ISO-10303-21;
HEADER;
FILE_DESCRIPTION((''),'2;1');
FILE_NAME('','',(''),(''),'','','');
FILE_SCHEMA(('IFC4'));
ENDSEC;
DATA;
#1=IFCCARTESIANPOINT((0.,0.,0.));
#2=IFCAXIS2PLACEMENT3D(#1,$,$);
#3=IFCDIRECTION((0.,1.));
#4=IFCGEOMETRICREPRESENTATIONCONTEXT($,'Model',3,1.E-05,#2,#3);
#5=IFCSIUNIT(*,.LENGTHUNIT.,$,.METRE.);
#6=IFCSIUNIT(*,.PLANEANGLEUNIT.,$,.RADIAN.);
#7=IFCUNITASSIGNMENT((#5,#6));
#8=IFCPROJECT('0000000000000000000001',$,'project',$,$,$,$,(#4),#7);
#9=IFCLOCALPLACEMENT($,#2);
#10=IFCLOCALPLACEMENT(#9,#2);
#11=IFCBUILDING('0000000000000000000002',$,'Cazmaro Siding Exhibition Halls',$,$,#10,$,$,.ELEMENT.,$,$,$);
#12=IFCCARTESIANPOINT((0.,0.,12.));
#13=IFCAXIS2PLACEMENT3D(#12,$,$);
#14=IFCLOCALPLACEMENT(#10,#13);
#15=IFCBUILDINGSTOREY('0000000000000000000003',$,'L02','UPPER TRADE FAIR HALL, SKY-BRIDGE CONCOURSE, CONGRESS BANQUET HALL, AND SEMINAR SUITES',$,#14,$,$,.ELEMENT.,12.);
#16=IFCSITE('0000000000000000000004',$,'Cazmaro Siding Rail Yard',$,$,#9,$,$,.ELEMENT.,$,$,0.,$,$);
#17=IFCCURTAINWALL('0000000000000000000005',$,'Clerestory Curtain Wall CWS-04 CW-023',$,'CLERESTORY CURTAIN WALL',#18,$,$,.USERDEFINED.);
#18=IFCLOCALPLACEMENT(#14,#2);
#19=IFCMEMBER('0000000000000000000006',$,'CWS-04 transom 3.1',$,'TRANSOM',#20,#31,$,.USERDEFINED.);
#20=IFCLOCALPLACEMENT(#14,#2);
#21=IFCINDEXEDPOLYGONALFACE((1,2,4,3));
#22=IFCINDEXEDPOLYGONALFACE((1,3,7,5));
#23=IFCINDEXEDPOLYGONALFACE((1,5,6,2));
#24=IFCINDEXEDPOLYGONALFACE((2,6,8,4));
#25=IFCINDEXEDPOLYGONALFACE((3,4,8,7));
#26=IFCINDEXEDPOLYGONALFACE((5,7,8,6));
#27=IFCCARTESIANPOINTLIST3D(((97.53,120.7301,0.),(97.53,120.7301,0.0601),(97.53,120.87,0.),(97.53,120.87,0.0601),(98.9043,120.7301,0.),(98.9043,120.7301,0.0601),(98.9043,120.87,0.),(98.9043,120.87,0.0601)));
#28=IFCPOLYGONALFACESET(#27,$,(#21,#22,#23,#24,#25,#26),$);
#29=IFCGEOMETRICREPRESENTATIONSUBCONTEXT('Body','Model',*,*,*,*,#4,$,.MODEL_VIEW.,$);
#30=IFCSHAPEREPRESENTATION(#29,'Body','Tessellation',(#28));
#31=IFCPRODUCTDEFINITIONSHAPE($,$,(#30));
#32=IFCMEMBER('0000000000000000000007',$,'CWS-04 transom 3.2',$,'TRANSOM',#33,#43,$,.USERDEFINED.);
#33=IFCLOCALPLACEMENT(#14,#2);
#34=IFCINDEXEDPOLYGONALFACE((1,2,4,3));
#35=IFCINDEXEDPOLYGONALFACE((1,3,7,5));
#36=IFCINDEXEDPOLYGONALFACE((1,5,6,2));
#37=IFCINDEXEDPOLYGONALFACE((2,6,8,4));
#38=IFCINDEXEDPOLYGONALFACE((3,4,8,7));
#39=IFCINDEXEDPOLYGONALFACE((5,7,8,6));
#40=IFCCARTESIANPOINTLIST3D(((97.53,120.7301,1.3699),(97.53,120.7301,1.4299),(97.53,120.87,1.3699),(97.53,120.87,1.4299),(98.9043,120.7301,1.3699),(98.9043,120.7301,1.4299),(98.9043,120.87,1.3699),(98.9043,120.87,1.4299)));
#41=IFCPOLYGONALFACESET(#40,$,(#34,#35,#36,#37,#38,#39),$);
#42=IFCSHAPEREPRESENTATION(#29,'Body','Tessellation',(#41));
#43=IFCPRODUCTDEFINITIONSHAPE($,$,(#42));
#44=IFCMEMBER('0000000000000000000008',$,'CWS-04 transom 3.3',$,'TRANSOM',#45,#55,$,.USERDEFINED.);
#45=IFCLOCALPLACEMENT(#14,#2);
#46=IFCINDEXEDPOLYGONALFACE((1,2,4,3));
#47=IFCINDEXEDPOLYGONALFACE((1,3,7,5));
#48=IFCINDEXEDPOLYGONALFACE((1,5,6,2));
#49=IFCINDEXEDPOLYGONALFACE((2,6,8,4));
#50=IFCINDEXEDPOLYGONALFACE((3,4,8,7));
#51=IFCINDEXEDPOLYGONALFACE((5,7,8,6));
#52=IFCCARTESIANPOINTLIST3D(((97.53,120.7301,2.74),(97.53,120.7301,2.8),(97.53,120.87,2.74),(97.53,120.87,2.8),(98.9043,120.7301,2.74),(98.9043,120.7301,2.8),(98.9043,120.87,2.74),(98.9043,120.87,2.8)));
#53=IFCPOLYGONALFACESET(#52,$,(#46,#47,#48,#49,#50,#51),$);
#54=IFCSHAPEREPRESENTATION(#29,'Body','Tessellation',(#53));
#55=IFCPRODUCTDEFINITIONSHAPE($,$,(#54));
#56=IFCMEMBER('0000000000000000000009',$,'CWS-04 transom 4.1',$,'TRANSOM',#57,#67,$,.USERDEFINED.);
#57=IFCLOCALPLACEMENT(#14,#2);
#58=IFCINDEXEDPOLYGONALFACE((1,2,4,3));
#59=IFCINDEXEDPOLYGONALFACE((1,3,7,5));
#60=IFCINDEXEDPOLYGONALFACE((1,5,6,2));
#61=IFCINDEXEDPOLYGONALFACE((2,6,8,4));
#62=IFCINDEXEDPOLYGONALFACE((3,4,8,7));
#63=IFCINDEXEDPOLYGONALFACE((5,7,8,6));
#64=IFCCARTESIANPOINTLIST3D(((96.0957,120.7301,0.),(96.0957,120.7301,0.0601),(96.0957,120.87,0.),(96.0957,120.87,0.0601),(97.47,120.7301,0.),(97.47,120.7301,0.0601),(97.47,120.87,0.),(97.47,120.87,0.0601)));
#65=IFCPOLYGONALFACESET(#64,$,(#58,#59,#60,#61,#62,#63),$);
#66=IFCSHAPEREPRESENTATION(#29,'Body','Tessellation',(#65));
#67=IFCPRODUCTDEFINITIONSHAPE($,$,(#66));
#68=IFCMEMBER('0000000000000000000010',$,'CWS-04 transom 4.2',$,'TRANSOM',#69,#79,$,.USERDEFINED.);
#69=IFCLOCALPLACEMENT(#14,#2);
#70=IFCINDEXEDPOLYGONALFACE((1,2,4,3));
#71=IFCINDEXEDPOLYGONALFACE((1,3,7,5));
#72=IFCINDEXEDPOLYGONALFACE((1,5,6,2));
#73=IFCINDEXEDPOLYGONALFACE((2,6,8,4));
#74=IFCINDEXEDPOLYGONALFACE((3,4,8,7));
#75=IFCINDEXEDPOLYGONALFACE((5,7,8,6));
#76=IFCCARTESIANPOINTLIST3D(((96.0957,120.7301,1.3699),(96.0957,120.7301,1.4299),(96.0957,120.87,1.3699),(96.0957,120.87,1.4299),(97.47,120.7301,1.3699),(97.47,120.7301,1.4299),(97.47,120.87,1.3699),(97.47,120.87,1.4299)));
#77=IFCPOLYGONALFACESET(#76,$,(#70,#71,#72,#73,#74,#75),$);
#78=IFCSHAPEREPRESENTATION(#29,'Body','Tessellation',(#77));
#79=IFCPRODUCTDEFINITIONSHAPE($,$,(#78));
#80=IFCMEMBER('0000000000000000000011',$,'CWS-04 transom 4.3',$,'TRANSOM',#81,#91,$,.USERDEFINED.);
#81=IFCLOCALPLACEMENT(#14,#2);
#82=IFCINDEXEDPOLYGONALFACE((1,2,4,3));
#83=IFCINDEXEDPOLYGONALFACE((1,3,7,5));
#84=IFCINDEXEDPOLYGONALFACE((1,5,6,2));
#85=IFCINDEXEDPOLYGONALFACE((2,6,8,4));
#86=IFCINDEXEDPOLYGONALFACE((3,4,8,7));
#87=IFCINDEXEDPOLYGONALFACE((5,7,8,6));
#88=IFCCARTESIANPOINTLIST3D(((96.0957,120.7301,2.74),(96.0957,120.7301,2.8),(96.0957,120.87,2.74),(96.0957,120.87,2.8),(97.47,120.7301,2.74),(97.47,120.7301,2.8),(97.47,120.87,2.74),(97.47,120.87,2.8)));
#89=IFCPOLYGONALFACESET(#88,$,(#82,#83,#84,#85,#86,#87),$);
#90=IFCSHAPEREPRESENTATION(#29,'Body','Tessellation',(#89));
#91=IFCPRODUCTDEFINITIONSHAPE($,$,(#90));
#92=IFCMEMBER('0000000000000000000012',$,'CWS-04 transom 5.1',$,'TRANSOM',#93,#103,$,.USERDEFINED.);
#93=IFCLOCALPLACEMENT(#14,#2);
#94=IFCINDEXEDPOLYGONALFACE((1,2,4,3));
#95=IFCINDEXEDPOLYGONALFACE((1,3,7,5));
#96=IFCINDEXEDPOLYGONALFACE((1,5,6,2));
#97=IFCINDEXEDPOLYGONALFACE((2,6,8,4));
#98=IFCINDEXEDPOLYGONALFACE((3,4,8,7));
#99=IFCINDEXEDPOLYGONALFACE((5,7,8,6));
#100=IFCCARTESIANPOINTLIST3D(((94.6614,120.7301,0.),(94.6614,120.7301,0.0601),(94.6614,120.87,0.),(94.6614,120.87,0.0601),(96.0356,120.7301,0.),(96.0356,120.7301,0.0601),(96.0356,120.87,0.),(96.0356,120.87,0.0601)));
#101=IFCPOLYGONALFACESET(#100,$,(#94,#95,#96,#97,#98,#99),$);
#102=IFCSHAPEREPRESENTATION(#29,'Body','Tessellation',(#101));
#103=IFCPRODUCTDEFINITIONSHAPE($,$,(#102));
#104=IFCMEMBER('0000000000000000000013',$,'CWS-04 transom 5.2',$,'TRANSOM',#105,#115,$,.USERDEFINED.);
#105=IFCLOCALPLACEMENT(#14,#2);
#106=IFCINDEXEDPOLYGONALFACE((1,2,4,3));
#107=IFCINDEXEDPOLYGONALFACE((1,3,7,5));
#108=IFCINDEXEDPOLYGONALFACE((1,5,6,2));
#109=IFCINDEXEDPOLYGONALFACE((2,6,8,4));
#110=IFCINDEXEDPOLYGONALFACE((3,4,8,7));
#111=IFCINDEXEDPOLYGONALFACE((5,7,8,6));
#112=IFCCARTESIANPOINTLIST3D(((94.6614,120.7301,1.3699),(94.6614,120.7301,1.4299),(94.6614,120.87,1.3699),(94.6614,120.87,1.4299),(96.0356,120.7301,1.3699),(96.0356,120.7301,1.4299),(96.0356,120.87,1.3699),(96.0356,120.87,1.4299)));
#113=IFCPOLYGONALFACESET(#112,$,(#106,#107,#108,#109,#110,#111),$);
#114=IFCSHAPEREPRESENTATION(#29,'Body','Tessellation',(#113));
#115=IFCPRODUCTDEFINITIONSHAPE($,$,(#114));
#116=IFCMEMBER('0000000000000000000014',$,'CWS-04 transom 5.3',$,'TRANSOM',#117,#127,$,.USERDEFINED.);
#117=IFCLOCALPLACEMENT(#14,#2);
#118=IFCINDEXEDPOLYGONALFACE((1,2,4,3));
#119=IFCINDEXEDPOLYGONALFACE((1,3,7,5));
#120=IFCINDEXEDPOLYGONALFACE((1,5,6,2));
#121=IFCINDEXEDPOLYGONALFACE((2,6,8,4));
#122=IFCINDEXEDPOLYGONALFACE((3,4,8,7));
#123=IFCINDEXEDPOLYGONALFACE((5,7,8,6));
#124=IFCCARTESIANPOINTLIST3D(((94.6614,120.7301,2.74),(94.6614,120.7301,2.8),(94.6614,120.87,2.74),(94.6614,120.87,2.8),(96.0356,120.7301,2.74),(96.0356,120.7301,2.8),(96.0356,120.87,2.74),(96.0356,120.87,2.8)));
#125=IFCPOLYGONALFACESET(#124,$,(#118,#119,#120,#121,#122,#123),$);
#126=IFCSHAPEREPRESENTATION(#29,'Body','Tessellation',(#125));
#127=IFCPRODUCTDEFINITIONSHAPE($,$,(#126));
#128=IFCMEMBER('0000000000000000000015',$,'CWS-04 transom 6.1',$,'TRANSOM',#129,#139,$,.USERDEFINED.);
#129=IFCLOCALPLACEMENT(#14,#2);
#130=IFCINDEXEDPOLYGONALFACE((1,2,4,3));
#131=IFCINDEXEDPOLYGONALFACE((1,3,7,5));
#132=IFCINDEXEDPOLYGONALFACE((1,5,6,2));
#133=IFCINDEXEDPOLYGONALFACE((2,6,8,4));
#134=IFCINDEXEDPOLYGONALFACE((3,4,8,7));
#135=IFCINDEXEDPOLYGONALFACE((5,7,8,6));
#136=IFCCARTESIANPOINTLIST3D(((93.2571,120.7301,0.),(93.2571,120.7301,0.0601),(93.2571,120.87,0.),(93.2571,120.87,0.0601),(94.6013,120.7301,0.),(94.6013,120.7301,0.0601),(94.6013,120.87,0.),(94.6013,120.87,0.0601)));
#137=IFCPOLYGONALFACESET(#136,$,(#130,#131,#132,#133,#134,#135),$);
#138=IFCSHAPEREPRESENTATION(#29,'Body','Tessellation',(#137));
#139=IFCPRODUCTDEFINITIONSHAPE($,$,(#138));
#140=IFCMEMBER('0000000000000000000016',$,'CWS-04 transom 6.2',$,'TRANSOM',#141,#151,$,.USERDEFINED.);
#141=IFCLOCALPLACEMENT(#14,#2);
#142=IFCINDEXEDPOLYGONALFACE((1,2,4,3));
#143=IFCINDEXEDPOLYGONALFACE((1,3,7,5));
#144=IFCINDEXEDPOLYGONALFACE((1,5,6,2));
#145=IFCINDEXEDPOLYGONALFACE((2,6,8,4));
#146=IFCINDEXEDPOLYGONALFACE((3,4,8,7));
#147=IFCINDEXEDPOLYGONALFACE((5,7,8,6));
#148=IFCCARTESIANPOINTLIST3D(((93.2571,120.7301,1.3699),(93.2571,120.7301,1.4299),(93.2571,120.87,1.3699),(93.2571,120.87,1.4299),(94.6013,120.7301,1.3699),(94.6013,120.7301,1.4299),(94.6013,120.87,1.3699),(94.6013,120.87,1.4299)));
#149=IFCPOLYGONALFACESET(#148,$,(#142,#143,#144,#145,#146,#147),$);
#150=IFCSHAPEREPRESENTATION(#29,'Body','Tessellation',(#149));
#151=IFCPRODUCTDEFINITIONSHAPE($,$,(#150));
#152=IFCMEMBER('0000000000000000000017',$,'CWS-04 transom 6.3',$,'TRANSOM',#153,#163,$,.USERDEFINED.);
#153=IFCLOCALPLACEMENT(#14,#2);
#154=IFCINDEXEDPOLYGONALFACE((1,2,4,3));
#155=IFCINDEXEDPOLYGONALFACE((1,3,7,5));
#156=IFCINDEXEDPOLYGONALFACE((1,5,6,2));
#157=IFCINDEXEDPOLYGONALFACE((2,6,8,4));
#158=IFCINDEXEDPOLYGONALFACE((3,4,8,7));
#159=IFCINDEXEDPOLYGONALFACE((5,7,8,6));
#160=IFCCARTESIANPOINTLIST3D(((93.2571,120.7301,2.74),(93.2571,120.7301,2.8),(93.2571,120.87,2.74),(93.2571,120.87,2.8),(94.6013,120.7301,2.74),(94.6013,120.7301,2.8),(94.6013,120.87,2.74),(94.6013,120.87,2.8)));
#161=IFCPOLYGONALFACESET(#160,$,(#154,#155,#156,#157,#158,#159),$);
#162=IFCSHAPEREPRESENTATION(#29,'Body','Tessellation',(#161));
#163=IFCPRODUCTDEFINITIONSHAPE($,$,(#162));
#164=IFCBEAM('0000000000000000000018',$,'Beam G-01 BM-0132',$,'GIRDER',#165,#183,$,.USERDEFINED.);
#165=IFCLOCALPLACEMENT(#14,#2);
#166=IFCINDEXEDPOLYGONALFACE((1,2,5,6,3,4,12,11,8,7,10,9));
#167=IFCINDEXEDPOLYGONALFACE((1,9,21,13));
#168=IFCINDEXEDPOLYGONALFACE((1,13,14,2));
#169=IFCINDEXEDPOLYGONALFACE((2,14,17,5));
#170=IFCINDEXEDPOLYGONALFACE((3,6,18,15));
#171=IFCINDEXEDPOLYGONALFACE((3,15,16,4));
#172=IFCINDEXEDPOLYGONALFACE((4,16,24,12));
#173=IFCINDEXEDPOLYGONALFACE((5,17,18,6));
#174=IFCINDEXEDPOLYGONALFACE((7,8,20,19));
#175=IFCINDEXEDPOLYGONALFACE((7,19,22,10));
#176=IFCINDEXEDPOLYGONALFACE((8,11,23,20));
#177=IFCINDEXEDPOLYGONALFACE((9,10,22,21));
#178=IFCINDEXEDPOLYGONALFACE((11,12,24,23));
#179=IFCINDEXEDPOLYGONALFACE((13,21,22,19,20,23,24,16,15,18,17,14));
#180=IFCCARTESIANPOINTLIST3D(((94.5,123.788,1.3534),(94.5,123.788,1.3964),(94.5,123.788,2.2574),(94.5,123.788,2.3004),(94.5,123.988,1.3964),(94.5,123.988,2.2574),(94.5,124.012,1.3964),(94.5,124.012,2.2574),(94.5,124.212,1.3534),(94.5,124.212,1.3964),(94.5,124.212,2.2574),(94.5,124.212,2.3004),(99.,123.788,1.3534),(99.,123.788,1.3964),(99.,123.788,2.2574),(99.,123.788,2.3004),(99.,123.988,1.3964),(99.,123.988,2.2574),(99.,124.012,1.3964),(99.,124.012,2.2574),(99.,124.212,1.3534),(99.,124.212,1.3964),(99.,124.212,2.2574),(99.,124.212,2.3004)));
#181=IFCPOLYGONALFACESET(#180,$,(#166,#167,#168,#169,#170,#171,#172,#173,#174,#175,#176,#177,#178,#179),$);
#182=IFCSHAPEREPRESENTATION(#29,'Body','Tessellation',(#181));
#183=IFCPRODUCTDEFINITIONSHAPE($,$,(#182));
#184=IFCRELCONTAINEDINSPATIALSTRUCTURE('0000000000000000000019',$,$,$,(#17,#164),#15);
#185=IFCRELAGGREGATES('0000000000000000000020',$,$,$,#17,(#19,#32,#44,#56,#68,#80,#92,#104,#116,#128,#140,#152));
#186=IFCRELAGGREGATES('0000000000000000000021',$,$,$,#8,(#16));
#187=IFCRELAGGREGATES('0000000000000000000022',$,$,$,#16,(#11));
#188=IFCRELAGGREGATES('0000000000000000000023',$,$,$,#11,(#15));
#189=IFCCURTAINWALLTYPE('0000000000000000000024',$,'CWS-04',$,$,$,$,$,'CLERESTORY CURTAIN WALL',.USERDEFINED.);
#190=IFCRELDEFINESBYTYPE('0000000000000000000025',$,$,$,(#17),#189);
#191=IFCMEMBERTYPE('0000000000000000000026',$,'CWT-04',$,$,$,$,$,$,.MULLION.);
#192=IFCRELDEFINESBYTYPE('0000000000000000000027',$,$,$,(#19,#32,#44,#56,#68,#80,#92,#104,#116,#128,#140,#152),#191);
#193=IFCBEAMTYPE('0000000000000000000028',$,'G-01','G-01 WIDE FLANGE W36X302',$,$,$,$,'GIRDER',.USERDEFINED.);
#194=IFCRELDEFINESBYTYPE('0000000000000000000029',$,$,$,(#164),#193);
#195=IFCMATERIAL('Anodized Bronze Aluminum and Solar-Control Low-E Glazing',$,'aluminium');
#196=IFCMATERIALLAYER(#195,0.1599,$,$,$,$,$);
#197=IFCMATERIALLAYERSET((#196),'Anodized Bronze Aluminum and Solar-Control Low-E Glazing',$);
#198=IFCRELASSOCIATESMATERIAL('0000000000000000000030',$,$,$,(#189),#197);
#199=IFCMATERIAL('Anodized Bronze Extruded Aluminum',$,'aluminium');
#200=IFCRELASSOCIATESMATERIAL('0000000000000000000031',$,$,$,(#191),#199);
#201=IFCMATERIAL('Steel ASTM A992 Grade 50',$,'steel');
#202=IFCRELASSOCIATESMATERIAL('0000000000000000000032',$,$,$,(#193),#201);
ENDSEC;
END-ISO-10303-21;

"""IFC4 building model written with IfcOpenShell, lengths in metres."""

from ifc_helpers import new_model, si_unit, direction, frame, origin, origin_2d, place, context, subcontext, project, spatial, rectangle, i_section, extrude, material, layer, layer_set, material_profile, profile_set, type_object, element, aggregate, save


model = new_model("IFC4")

# Units and contexts
model_context = context("Model", 3, precision=1e-05, world=origin(), true_north=direction((0.0, 1.0)))
body_context = subcontext(model_context, "Body", "Model", "MODEL_VIEW")
ifc_project = project(units=[si_unit("LENGTHUNIT", "METRE"), si_unit("PLANEANGLEUNIT", "RADIAN")], contexts=[model_context])

# Site, building, storey
site_placement = place(None, origin())
site = spatial("IfcSite", under=ifc_project, at=site_placement, Name="Cazmaro Siding Rail Yard", CompositionType="ELEMENT", RefElevation=0.0)
building_placement = place(site_placement, origin())
building = spatial("IfcBuilding", under=site, at=building_placement, Name="Cazmaro Siding Exhibition Halls", CompositionType="ELEMENT")
storey_placement = place(building_placement, frame((0.0, 0.0, 12.0)))
storey = spatial("IfcBuildingStorey", under=building, at=storey_placement, Name="L02", Description="UPPER TRADE FAIR HALL, SKY-BRIDGE CONCOURSE, CONGRESS BANQUET HALL, AND SEMINAR SUITES", CompositionType="ELEMENT", Elevation=12.0)

# Shared definitions
ifc_material_1 = material(Name="Anodized Bronze Aluminum and Solar-Control Low-E Glazing", Category="aluminium")
ifc_layer_1 = layer(ifc_material_1, 0.1599)
ifc_layer_set_1 = layer_set([ifc_layer_1], Name="Anodized Bronze Aluminum and Solar-Control Low-E Glazing")
curtain_wall_type = type_object("IfcCurtainWallType", Name="CWS-04", ElementType="CLERESTORY CURTAIN WALL", PredefinedType="USERDEFINED", material=ifc_layer_set_1)

# Curtain wall
curtain_wall_1_placement = place(storey_placement, origin())
curtain_wall_1 = element("IfcCurtainWall", 1, at=curtain_wall_1_placement, inside=storey, type_object=curtain_wall_type, Name="Clerestory Curtain Wall CWS-04 CW-023", ObjectType="CLERESTORY CURTAIN WALL", PredefinedType="USERDEFINED")

# Members
ifc_material_2 = material(Name="Anodized Bronze Extruded Aluminum", Category="aluminium")
ifc_material_profile_1 = material_profile(ifc_material_2, rectangle(XDim=0.1399, YDim=0.0601, at=origin_2d()), Name="CWT-04")
ifc_profile_set_1 = profile_set([ifc_material_profile_1], Name="Anodized Bronze Extruded Aluminum")
member_type_1 = type_object("IfcMemberType", Name="CWT-04", PredefinedType="MULLION", material=ifc_profile_set_1)
member_1_placement = place(storey_placement, frame((98.9043, 120.8, 0.03), z_axis=(-1.0, 0.0, 0.0), x_axis=(0.0, -1.0, 0.0)))
member_1 = element("IfcMember", 2, at=member_1_placement, type_object=member_type_1, Name="CWS-04 transom 3.1", ObjectType="TRANSOM", PredefinedType="USERDEFINED", context=body_context, shape_type="SweptSolid", body=[
    extrude(rectangle(XDim=0.1399, YDim=0.0601, at=origin_2d()), origin(), (0.0, 0.0, 1.0), 1.3743),
])
member_2_placement = place(storey_placement, frame((98.9043, 120.8, 1.3999), z_axis=(-1.0, 0.0, 0.0), x_axis=(0.0, -1.0, 0.0)))
member_2 = element("IfcMember", 3, at=member_2_placement, type_object=member_type_1, Name="CWS-04 transom 3.2", ObjectType="TRANSOM", PredefinedType="USERDEFINED", context=body_context, shape_type="SweptSolid", body=[
    extrude(rectangle(XDim=0.1399, YDim=0.0601, at=origin_2d()), origin(), (0.0, 0.0, 1.0), 1.3743),
])
member_3_placement = place(storey_placement, frame((98.9043, 120.8, 2.77), z_axis=(-1.0, 0.0, 0.0), x_axis=(0.0, -1.0, 0.0)))
member_3 = element("IfcMember", 4, at=member_3_placement, type_object=member_type_1, Name="CWS-04 transom 3.3", ObjectType="TRANSOM", PredefinedType="USERDEFINED", context=body_context, shape_type="SweptSolid", body=[
    extrude(rectangle(XDim=0.1399, YDim=0.0601, at=origin_2d()), origin(), (0.0, 0.0, 1.0), 1.3743),
])
member_4_placement = place(storey_placement, frame((97.47, 120.8, 0.03), z_axis=(-1.0, 0.0, 0.0), x_axis=(0.0, -1.0, 0.0)))
member_4 = element("IfcMember", 5, at=member_4_placement, type_object=member_type_1, Name="CWS-04 transom 4.1", ObjectType="TRANSOM", PredefinedType="USERDEFINED", context=body_context, shape_type="SweptSolid", body=[
    extrude(rectangle(XDim=0.1399, YDim=0.0601, at=origin_2d()), origin(), (0.0, 0.0, 1.0), 1.3743),
])
member_5_placement = place(storey_placement, frame((97.47, 120.8, 1.3999), z_axis=(-1.0, 0.0, 0.0), x_axis=(0.0, -1.0, 0.0)))
member_5 = element("IfcMember", 6, at=member_5_placement, type_object=member_type_1, Name="CWS-04 transom 4.2", ObjectType="TRANSOM", PredefinedType="USERDEFINED", context=body_context, shape_type="SweptSolid", body=[
    extrude(rectangle(XDim=0.1399, YDim=0.0601, at=origin_2d()), origin(), (0.0, 0.0, 1.0), 1.3743),
])
member_6_placement = place(storey_placement, frame((97.47, 120.8, 2.77), z_axis=(-1.0, 0.0, 0.0), x_axis=(0.0, -1.0, 0.0)))
member_6 = element("IfcMember", 7, at=member_6_placement, type_object=member_type_1, Name="CWS-04 transom 4.3", ObjectType="TRANSOM", PredefinedType="USERDEFINED", context=body_context, shape_type="SweptSolid", body=[
    extrude(rectangle(XDim=0.1399, YDim=0.0601, at=origin_2d()), origin(), (0.0, 0.0, 1.0), 1.3743),
])
member_7_placement = place(storey_placement, frame((96.0356, 120.8, 0.03), z_axis=(-1.0, 0.0, 0.0), x_axis=(0.0, -1.0, 0.0)))
member_7 = element("IfcMember", 8, at=member_7_placement, type_object=member_type_1, Name="CWS-04 transom 5.1", ObjectType="TRANSOM", PredefinedType="USERDEFINED", context=body_context, shape_type="SweptSolid", body=[
    extrude(rectangle(XDim=0.1399, YDim=0.0601, at=origin_2d()), origin(), (0.0, 0.0, 1.0), 1.3743),
])
member_8_placement = place(storey_placement, frame((96.0356, 120.8, 1.3999), z_axis=(-1.0, 0.0, 0.0), x_axis=(0.0, -1.0, 0.0)))
member_8 = element("IfcMember", 9, at=member_8_placement, type_object=member_type_1, Name="CWS-04 transom 5.2", ObjectType="TRANSOM", PredefinedType="USERDEFINED", context=body_context, shape_type="SweptSolid", body=[
    extrude(rectangle(XDim=0.1399, YDim=0.0601, at=origin_2d()), origin(), (0.0, 0.0, 1.0), 1.3743),
])
member_9_placement = place(storey_placement, frame((96.0356, 120.8, 2.77), z_axis=(-1.0, 0.0, 0.0), x_axis=(0.0, -1.0, 0.0)))
member_9 = element("IfcMember", 10, at=member_9_placement, type_object=member_type_1, Name="CWS-04 transom 5.3", ObjectType="TRANSOM", PredefinedType="USERDEFINED", context=body_context, shape_type="SweptSolid", body=[
    extrude(rectangle(XDim=0.1399, YDim=0.0601, at=origin_2d()), origin(), (0.0, 0.0, 1.0), 1.3743),
])
member_10_placement = place(storey_placement, frame((94.6013, 120.8, 0.03), z_axis=(-1.0, 0.0, 0.0), x_axis=(0.0, -1.0, 0.0)))
member_10 = element("IfcMember", 11, at=member_10_placement, type_object=member_type_1, Name="CWS-04 transom 6.1", ObjectType="TRANSOM", PredefinedType="USERDEFINED", context=body_context, shape_type="SweptSolid", body=[
    extrude(rectangle(XDim=0.1399, YDim=0.0601, at=origin_2d()), origin(), (0.0, 0.0, 1.0), 1.3442),
])
member_11_placement = place(storey_placement, frame((94.6013, 120.8, 1.3999), z_axis=(-1.0, 0.0, 0.0), x_axis=(0.0, -1.0, 0.0)))
member_11 = element("IfcMember", 12, at=member_11_placement, type_object=member_type_1, Name="CWS-04 transom 6.2", ObjectType="TRANSOM", PredefinedType="USERDEFINED", context=body_context, shape_type="SweptSolid", body=[
    extrude(rectangle(XDim=0.1399, YDim=0.0601, at=origin_2d()), origin(), (0.0, 0.0, 1.0), 1.3442),
])
member_12_placement = place(storey_placement, frame((94.6013, 120.8, 2.77), z_axis=(-1.0, 0.0, 0.0), x_axis=(0.0, -1.0, 0.0)))
member_12 = element("IfcMember", 13, at=member_12_placement, type_object=member_type_1, Name="CWS-04 transom 6.3", ObjectType="TRANSOM", PredefinedType="USERDEFINED", context=body_context, shape_type="SweptSolid", body=[
    extrude(rectangle(XDim=0.1399, YDim=0.0601, at=origin_2d()), origin(), (0.0, 0.0, 1.0), 1.3442),
])

# Beam
ifc_material_3 = material(Name="Steel ASTM A992 Grade 50", Category="steel")
ifc_material_profile_2 = material_profile(ifc_material_3, i_section(OverallWidth=0.4241, OverallDepth=0.947, WebThickness=0.0239, FlangeThickness=0.043, at=origin_2d()), Name="W36X302")
ifc_profile_set_2 = profile_set([ifc_material_profile_2], Name="Steel ASTM A992 Grade 50")
beam_type_1 = type_object("IfcBeamType", Name="G-01", Description="G-01 WIDE FLANGE W36X302", ElementType="GIRDER", PredefinedType="USERDEFINED", material=ifc_profile_set_2)
beam_1_placement = place(storey_placement, frame((94.5, 124.0, 1.8269), z_axis=(1.0, 0.0, 0.0), x_axis=(0.0, 1.0, 0.0)))
element("IfcBeam", 14, at=beam_1_placement, inside=storey, type_object=beam_type_1, Name="Beam G-01 BM-0132", ObjectType="GIRDER", PredefinedType="USERDEFINED", context=body_context, shape_type="SweptSolid", body=[
    extrude(i_section(OverallWidth=0.4241, OverallDepth=0.947, WebThickness=0.0239, FlangeThickness=0.043, at=origin_2d()), origin(), (0.0, 0.0, 1.0), 4.5),
])

aggregate(curtain_wall_1, [member_1, member_2, member_3, member_4, member_5, member_6, member_7, member_8, member_9, member_10, member_11, member_12])

save(model, "model.ifc")
